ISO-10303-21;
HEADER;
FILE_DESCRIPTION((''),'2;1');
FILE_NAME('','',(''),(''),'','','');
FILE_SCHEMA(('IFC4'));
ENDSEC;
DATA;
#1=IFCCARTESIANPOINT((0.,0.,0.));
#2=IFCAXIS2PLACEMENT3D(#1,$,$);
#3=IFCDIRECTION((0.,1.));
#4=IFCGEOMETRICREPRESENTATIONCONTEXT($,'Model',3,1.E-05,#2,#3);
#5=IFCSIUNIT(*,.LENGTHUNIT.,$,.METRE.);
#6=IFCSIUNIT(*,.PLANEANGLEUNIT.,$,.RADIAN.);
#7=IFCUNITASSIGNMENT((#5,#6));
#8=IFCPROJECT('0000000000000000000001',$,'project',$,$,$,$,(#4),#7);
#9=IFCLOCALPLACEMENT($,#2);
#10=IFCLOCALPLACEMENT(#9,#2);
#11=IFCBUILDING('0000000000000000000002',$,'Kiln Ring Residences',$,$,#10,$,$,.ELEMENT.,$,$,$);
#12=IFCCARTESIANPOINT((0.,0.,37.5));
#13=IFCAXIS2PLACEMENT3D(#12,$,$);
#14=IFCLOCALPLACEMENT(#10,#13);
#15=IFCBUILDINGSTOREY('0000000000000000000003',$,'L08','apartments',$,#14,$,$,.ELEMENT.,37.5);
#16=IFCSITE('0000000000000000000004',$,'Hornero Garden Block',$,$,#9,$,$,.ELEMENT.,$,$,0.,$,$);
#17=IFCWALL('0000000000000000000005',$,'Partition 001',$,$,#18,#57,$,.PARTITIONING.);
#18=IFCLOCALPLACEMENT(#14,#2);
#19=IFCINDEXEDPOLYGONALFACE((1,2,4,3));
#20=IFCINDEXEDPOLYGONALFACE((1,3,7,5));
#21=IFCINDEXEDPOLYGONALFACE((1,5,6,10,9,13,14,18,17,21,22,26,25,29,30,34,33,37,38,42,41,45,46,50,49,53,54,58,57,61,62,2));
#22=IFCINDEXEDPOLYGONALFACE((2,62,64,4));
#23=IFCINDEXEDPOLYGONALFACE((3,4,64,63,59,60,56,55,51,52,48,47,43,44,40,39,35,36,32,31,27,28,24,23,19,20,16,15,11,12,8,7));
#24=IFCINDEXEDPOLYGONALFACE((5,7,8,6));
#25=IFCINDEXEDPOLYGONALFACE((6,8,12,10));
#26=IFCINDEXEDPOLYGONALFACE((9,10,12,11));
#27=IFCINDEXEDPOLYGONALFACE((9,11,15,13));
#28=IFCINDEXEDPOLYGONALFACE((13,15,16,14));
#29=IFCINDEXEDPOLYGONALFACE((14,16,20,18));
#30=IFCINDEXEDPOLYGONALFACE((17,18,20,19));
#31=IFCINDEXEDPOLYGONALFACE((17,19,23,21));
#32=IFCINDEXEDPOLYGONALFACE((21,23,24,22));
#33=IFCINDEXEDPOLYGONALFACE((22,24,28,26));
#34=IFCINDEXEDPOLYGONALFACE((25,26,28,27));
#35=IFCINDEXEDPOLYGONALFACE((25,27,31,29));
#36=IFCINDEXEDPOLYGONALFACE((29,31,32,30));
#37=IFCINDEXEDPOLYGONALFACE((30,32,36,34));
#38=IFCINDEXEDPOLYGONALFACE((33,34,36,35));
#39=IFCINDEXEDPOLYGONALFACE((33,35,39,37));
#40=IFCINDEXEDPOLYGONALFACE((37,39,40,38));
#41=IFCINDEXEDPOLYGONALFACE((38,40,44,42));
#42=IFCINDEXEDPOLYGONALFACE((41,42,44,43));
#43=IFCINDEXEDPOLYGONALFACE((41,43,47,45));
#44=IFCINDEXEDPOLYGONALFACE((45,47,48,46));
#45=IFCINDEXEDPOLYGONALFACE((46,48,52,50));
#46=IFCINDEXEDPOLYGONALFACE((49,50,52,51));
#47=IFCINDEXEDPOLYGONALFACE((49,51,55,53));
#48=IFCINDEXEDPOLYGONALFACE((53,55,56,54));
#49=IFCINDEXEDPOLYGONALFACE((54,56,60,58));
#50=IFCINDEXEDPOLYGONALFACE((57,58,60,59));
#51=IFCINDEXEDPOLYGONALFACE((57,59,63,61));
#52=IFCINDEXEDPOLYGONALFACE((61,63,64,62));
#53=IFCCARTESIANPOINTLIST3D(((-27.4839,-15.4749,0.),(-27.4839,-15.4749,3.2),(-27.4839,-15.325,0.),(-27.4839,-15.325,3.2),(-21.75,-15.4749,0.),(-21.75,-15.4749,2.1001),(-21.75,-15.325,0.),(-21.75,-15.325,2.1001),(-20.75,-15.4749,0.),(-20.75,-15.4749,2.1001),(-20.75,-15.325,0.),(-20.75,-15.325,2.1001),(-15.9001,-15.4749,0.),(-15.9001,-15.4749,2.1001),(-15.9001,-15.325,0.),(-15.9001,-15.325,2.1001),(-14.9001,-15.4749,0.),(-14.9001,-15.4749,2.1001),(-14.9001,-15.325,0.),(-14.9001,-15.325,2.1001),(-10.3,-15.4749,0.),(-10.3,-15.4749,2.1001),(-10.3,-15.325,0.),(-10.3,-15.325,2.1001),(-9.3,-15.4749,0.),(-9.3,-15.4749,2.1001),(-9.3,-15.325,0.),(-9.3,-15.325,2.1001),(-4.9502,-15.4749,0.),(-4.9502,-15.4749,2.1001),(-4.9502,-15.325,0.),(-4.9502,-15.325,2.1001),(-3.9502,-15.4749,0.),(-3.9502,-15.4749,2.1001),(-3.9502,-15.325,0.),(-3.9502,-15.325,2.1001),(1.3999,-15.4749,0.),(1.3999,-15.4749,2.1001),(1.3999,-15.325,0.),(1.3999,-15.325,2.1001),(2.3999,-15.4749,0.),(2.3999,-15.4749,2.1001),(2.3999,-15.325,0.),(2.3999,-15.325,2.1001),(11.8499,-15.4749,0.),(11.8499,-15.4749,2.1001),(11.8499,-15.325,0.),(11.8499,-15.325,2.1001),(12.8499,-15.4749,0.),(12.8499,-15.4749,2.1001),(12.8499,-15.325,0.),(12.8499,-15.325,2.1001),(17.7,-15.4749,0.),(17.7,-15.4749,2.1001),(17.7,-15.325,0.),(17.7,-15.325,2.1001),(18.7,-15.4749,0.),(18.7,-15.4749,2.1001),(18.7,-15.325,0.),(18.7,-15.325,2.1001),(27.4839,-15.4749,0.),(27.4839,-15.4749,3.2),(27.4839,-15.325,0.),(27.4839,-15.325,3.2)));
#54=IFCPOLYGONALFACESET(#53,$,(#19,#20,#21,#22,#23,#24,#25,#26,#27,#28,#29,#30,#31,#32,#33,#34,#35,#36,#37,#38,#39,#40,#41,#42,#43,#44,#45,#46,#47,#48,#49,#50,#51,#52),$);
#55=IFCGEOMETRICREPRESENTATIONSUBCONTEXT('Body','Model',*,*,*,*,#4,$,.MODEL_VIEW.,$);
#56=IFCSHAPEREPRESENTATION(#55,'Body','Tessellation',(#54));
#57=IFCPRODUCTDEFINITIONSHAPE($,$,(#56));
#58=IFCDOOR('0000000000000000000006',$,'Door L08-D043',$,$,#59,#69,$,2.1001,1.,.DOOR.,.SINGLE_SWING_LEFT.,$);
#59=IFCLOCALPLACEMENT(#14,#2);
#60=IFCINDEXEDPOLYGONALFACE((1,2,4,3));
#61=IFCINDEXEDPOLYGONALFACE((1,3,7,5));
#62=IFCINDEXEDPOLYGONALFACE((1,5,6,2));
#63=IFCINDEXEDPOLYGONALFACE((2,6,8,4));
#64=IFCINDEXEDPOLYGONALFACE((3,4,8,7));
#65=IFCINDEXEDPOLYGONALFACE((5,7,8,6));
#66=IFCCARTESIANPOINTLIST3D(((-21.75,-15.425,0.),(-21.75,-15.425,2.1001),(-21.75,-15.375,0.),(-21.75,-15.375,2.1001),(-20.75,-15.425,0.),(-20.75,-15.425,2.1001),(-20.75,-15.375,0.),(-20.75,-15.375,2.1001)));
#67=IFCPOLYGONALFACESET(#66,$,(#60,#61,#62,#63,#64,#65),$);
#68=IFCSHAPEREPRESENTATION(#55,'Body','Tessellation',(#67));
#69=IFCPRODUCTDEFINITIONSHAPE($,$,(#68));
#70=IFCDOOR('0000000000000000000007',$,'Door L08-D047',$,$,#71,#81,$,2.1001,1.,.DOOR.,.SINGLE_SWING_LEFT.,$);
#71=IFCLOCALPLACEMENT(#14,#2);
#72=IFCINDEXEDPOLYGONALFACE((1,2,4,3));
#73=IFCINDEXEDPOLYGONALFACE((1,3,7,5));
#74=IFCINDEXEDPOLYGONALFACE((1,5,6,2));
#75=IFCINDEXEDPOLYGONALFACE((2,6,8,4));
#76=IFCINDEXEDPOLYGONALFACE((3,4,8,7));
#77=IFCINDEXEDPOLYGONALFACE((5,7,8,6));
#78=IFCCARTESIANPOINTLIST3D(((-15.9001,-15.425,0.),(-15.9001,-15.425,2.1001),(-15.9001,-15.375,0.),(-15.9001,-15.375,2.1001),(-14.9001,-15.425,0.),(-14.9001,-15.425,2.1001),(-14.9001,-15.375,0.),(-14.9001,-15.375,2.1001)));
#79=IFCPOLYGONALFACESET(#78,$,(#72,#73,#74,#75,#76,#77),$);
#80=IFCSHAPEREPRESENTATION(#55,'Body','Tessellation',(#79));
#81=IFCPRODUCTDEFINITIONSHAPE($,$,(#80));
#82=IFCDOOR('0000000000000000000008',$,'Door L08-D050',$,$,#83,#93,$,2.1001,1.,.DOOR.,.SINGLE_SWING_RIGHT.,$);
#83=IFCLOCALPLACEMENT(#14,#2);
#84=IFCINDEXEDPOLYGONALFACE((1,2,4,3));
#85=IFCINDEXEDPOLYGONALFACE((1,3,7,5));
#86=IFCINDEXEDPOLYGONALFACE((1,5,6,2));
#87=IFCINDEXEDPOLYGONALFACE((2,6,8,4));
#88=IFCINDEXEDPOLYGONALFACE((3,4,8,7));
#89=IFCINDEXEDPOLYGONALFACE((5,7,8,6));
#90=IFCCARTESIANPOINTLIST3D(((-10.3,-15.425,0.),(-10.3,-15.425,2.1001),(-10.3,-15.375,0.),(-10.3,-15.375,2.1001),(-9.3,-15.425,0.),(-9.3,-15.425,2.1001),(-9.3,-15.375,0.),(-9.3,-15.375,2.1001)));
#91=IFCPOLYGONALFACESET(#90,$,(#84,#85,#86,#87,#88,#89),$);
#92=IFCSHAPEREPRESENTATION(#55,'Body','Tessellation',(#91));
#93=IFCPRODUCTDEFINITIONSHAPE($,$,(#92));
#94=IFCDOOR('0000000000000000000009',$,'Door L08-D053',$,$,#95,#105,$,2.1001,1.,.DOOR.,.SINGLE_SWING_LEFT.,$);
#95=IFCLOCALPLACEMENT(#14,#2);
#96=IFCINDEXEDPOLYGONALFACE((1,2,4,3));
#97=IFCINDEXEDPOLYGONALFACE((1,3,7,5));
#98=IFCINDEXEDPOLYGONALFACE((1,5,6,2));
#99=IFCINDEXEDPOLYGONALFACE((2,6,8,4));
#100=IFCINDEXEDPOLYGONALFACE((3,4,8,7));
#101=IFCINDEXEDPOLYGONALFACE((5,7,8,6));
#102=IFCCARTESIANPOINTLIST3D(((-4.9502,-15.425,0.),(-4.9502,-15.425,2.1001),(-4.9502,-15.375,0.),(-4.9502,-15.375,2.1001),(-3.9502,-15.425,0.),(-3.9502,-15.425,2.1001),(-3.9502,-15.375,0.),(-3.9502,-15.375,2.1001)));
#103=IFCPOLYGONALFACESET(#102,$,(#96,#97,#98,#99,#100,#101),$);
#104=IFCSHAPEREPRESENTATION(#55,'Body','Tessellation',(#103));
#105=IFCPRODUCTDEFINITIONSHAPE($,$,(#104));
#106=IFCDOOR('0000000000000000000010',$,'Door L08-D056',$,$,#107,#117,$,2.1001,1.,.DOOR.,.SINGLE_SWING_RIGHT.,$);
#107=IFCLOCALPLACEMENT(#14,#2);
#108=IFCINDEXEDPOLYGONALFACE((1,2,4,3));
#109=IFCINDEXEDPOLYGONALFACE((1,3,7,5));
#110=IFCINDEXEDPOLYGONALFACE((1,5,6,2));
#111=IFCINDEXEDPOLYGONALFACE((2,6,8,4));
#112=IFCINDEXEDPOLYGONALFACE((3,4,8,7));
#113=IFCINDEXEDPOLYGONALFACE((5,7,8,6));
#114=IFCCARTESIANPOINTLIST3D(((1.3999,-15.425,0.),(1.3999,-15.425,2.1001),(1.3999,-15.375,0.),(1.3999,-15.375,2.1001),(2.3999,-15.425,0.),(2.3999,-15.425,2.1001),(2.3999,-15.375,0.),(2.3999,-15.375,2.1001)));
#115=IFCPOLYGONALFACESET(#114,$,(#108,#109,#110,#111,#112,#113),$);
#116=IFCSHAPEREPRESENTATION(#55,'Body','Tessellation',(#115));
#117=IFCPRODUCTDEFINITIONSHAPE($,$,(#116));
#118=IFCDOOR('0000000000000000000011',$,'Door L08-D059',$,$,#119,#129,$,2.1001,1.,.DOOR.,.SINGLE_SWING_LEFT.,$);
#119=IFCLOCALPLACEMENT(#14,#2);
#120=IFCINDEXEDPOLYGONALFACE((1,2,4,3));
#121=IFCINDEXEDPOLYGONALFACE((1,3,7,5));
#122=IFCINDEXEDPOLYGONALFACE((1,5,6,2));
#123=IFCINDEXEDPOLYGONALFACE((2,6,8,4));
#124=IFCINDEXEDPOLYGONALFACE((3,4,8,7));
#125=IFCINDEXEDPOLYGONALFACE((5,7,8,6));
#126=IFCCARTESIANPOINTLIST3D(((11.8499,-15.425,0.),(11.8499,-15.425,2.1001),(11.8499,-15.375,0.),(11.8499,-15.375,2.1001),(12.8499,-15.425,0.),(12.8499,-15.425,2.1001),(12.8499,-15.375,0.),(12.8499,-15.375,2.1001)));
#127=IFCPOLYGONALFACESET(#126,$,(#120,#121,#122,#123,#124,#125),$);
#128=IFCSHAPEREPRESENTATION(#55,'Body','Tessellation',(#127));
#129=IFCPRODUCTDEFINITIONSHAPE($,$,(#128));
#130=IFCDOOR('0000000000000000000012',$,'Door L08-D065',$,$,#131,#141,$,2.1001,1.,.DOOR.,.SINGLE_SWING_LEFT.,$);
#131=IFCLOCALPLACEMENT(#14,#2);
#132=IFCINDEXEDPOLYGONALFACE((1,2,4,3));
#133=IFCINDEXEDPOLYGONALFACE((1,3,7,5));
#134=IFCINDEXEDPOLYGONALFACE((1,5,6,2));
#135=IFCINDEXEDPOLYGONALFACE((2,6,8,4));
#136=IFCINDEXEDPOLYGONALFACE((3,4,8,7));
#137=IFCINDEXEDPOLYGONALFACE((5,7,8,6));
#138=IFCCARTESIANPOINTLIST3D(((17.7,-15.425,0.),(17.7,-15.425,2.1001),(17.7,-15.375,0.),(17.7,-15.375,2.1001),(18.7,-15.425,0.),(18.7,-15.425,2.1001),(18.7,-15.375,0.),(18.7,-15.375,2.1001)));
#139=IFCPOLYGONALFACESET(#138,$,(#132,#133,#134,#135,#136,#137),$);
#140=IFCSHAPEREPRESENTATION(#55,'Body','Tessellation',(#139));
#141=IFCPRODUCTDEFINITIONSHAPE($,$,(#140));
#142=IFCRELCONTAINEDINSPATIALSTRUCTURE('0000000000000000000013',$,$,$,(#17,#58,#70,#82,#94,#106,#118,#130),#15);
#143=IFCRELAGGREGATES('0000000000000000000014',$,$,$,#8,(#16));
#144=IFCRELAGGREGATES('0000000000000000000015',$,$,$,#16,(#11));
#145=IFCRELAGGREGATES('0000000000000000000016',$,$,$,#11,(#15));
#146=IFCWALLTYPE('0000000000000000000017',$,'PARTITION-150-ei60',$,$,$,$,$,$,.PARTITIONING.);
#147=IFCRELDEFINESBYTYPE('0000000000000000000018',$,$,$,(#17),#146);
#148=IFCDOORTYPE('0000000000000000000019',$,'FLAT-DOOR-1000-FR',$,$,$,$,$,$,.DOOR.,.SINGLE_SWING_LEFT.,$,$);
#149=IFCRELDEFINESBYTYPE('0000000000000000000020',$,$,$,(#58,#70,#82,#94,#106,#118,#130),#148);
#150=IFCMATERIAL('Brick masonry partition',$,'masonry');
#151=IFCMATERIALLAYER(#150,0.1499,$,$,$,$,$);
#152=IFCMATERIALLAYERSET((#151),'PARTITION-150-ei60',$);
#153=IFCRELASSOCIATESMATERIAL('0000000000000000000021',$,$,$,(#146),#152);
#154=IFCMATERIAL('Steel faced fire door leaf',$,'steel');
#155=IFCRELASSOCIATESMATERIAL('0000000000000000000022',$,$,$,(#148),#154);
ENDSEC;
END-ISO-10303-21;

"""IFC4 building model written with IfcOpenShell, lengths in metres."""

from ifc_helpers import new_model, si_unit, direction, frame, frame_2d, origin, place, context, subcontext, project, spatial, rectangle, extrude, material, layer, layer_set, type_object, element, fill, save


model = new_model("IFC4")

# Units and contexts
model_context = context("Model", 3, precision=1e-05, world=origin(), true_north=direction((0.0, 1.0)))
body_context = subcontext(model_context, "Body", "Model", "MODEL_VIEW")
ifc_project = project(units=[si_unit("LENGTHUNIT", "METRE"), si_unit("PLANEANGLEUNIT", "RADIAN")], contexts=[model_context])

# Site, building, storey
site_placement = place(None, origin())
site = spatial("IfcSite", under=ifc_project, at=site_placement, Name="Hornero Garden Block", CompositionType="ELEMENT", RefElevation=0.0)
building_placement = place(site_placement, origin())
building = spatial("IfcBuilding", under=site, at=building_placement, Name="Kiln Ring Residences", CompositionType="ELEMENT")
storey_placement = place(building_placement, frame((0.0, 0.0, 37.5)))
storey = spatial("IfcBuildingStorey", under=building, at=storey_placement, Name="L08", Description="apartments", CompositionType="ELEMENT", Elevation=37.5)

# Wall, openings, doors
ifc_material_1 = material(Name="Brick masonry partition", Category="masonry")
ifc_layer_1 = layer(ifc_material_1, 0.1499)
ifc_layer_set_1 = layer_set([ifc_layer_1], Name="PARTITION-150-ei60")
wall_type_1 = type_object("IfcWallType", Name="PARTITION-150-ei60", PredefinedType="PARTITIONING", material=ifc_layer_set_1)
wall_1_placement = place(storey_placement, frame((-27.4839, -15.3999, 0.0), z_axis=(0.0, 0.0, 1.0), x_axis=(1.0, 0.0, 0.0)))
wall_1 = element("IfcWall", 1, at=wall_1_placement, inside=storey, type_object=wall_type_1, Name="Partition 001", PredefinedType="PARTITIONING", context=body_context, shape_type="SweptSolid", body=[
    extrude(rectangle(XDim=54.9678, YDim=0.1499, at=frame_2d((27.4839, 0.0))), origin(), (0.0, 0.0, 1.0), 3.2),
])
opening_1_placement = place(wall_1_placement, frame((5.7339, 0.0, 0.0)))
opening_1 = element("IfcOpeningElement", 2, at=opening_1_placement, cuts=wall_1, PredefinedType="OPENING", context=body_context, shape_type="SweptSolid", body=[
    extrude(rectangle(XDim=1.0, YDim=2.1001, at=frame_2d((0.5, 1.05))), frame((0.0, 0.085, 0.0), z_axis=(0.0, -1.0, 0.0), x_axis=(1.0, 0.0, 0.0)), (0.0, 0.0, 1.0), 0.1699),
])
opening_2_placement = place(wall_1_placement, frame((11.5837, 0.0, 0.0)))
opening_2 = element("IfcOpeningElement", 3, at=opening_2_placement, cuts=wall_1, PredefinedType="OPENING", context=body_context, shape_type="SweptSolid", body=[
    extrude(rectangle(XDim=1.0, YDim=2.1001, at=frame_2d((0.5, 1.05))), frame((0.0, 0.085, 0.0), z_axis=(0.0, -1.0, 0.0), x_axis=(1.0, 0.0, 0.0)), (0.0, 0.0, 1.0), 0.1699),
])
opening_3_placement = place(wall_1_placement, frame((17.1838, 0.0, 0.0)))
opening_3 = element("IfcOpeningElement", 4, at=opening_3_placement, cuts=wall_1, PredefinedType="OPENING", context=body_context, shape_type="SweptSolid", body=[
    extrude(rectangle(XDim=1.0, YDim=2.1001, at=frame_2d((0.5, 1.05))), frame((0.0, 0.085, 0.0), z_axis=(0.0, -1.0, 0.0), x_axis=(1.0, 0.0, 0.0)), (0.0, 0.0, 1.0), 0.1699),
])
opening_4_placement = place(wall_1_placement, frame((22.5337, 0.0, 0.0)))
opening_4 = element("IfcOpeningElement", 5, at=opening_4_placement, cuts=wall_1, PredefinedType="OPENING", context=body_context, shape_type="SweptSolid", body=[
    extrude(rectangle(XDim=1.0, YDim=2.1001, at=frame_2d((0.5, 1.05))), frame((0.0, 0.085, 0.0), z_axis=(0.0, -1.0, 0.0), x_axis=(1.0, 0.0, 0.0)), (0.0, 0.0, 1.0), 0.1699),
])
opening_5_placement = place(wall_1_placement, frame((28.8838, 0.0, 0.0)))
opening_5 = element("IfcOpeningElement", 6, at=opening_5_placement, cuts=wall_1, PredefinedType="OPENING", context=body_context, shape_type="SweptSolid", body=[
    extrude(rectangle(XDim=1.0, YDim=2.1001, at=frame_2d((0.5, 1.05))), frame((0.0, 0.085, 0.0), z_axis=(0.0, -1.0, 0.0), x_axis=(1.0, 0.0, 0.0)), (0.0, 0.0, 1.0), 0.1699),
])
opening_6_placement = place(wall_1_placement, frame((39.3337, 0.0, 0.0)))
opening_6 = element("IfcOpeningElement", 7, at=opening_6_placement, cuts=wall_1, PredefinedType="OPENING", context=body_context, shape_type="SweptSolid", body=[
    extrude(rectangle(XDim=1.0, YDim=2.1001, at=frame_2d((0.5, 1.05))), frame((0.0, 0.085, 0.0), z_axis=(0.0, -1.0, 0.0), x_axis=(1.0, 0.0, 0.0)), (0.0, 0.0, 1.0), 0.1699),
])
opening_7_placement = place(wall_1_placement, frame((45.1838, 0.0, 0.0)))
opening_7 = element("IfcOpeningElement", 8, at=opening_7_placement, cuts=wall_1, PredefinedType="OPENING", context=body_context, shape_type="SweptSolid", body=[
    extrude(rectangle(XDim=1.0, YDim=2.1001, at=frame_2d((0.5, 1.05))), frame((0.0, 0.085, 0.0), z_axis=(0.0, -1.0, 0.0), x_axis=(1.0, 0.0, 0.0)), (0.0, 0.0, 1.0), 0.1699),
])
ifc_material_2 = material(Name="Steel faced fire door leaf", Category="steel")
door_type_1 = type_object("IfcDoorType", Name="FLAT-DOOR-1000-FR", OperationType="SINGLE_SWING_LEFT", PredefinedType="DOOR", material=ifc_material_2)
door_1_placement = place(opening_1_placement, origin())
door_1 = element("IfcDoor", 9, at=door_1_placement, inside=storey, type_object=door_type_1, Name="Door L08-D043", OperationType="SINGLE_SWING_LEFT", OverallHeight=2.1001, OverallWidth=1.0, PredefinedType="DOOR", context=body_context, shape_type="SweptSolid", body=[
    extrude(rectangle(XDim=1.0, YDim=2.1001, at=frame_2d((0.5, 1.05))), frame((0.0, 0.0249, 0.0), z_axis=(0.0, -1.0, 0.0), x_axis=(1.0, 0.0, 0.0)), (0.0, 0.0, 1.0), 0.05),
])
fill(opening_1, door_1)
door_2_placement = place(opening_2_placement, origin())
door_2 = element("IfcDoor", 10, at=door_2_placement, inside=storey, type_object=door_type_1, Name="Door L08-D047", OperationType="SINGLE_SWING_LEFT", OverallHeight=2.1001, OverallWidth=1.0, PredefinedType="DOOR", context=body_context, shape_type="SweptSolid", body=[
    extrude(rectangle(XDim=1.0, YDim=2.1001, at=frame_2d((0.5, 1.05))), frame((0.0, 0.0249, 0.0), z_axis=(0.0, -1.0, 0.0), x_axis=(1.0, 0.0, 0.0)), (0.0, 0.0, 1.0), 0.05),
])
fill(opening_2, door_2)
door_3_placement = place(opening_3_placement, origin())
door_3 = element("IfcDoor", 11, at=door_3_placement, inside=storey, type_object=door_type_1, Name="Door L08-D050", OperationType="SINGLE_SWING_RIGHT", OverallHeight=2.1001, OverallWidth=1.0, PredefinedType="DOOR", context=body_context, shape_type="SweptSolid", body=[
    extrude(rectangle(XDim=1.0, YDim=2.1001, at=frame_2d((0.5, 1.05))), frame((0.0, 0.0249, 0.0), z_axis=(0.0, -1.0, 0.0), x_axis=(1.0, 0.0, 0.0)), (0.0, 0.0, 1.0), 0.05),
])
fill(opening_3, door_3)
door_4_placement = place(opening_4_placement, origin())
door_4 = element("IfcDoor", 12, at=door_4_placement, inside=storey, type_object=door_type_1, Name="Door L08-D053", OperationType="SINGLE_SWING_LEFT", OverallHeight=2.1001, OverallWidth=1.0, PredefinedType="DOOR", context=body_context, shape_type="SweptSolid", body=[
    extrude(rectangle(XDim=1.0, YDim=2.1001, at=frame_2d((0.5, 1.05))), frame((0.0, 0.0249, 0.0), z_axis=(0.0, -1.0, 0.0), x_axis=(1.0, 0.0, 0.0)), (0.0, 0.0, 1.0), 0.05),
])
fill(opening_4, door_4)
door_5_placement = place(opening_5_placement, origin())
door_5 = element("IfcDoor", 13, at=door_5_placement, inside=storey, type_object=door_type_1, Name="Door L08-D056", OperationType="SINGLE_SWING_RIGHT", OverallHeight=2.1001, OverallWidth=1.0, PredefinedType="DOOR", context=body_context, shape_type="SweptSolid", body=[
    extrude(rectangle(XDim=1.0, YDim=2.1001, at=frame_2d((0.5, 1.05))), frame((0.0, 0.0249, 0.0), z_axis=(0.0, -1.0, 0.0), x_axis=(1.0, 0.0, 0.0)), (0.0, 0.0, 1.0), 0.05),
])
fill(opening_5, door_5)
door_6_placement = place(opening_6_placement, origin())
door_6 = element("IfcDoor", 14, at=door_6_placement, inside=storey, type_object=door_type_1, Name="Door L08-D059", OperationType="SINGLE_SWING_LEFT", OverallHeight=2.1001, OverallWidth=1.0, PredefinedType="DOOR", context=body_context, shape_type="SweptSolid", body=[
    extrude(rectangle(XDim=1.0, YDim=2.1001, at=frame_2d((0.5, 1.05))), frame((0.0, 0.0249, 0.0), z_axis=(0.0, -1.0, 0.0), x_axis=(1.0, 0.0, 0.0)), (0.0, 0.0, 1.0), 0.05),
])
fill(opening_6, door_6)
door_7_placement = place(opening_7_placement, origin())
door_7 = element("IfcDoor", 15, at=door_7_placement, inside=storey, type_object=door_type_1, Name="Door L08-D065", OperationType="SINGLE_SWING_LEFT", OverallHeight=2.1001, OverallWidth=1.0, PredefinedType="DOOR", context=body_context, shape_type="SweptSolid", body=[
    extrude(rectangle(XDim=1.0, YDim=2.1001, at=frame_2d((0.5, 1.05))), frame((0.0, 0.0249, 0.0), z_axis=(0.0, -1.0, 0.0), x_axis=(1.0, 0.0, 0.0)), (0.0, 0.0, 1.0), 0.05),
])
fill(opening_7, door_7)

save(model, "model.ifc")
